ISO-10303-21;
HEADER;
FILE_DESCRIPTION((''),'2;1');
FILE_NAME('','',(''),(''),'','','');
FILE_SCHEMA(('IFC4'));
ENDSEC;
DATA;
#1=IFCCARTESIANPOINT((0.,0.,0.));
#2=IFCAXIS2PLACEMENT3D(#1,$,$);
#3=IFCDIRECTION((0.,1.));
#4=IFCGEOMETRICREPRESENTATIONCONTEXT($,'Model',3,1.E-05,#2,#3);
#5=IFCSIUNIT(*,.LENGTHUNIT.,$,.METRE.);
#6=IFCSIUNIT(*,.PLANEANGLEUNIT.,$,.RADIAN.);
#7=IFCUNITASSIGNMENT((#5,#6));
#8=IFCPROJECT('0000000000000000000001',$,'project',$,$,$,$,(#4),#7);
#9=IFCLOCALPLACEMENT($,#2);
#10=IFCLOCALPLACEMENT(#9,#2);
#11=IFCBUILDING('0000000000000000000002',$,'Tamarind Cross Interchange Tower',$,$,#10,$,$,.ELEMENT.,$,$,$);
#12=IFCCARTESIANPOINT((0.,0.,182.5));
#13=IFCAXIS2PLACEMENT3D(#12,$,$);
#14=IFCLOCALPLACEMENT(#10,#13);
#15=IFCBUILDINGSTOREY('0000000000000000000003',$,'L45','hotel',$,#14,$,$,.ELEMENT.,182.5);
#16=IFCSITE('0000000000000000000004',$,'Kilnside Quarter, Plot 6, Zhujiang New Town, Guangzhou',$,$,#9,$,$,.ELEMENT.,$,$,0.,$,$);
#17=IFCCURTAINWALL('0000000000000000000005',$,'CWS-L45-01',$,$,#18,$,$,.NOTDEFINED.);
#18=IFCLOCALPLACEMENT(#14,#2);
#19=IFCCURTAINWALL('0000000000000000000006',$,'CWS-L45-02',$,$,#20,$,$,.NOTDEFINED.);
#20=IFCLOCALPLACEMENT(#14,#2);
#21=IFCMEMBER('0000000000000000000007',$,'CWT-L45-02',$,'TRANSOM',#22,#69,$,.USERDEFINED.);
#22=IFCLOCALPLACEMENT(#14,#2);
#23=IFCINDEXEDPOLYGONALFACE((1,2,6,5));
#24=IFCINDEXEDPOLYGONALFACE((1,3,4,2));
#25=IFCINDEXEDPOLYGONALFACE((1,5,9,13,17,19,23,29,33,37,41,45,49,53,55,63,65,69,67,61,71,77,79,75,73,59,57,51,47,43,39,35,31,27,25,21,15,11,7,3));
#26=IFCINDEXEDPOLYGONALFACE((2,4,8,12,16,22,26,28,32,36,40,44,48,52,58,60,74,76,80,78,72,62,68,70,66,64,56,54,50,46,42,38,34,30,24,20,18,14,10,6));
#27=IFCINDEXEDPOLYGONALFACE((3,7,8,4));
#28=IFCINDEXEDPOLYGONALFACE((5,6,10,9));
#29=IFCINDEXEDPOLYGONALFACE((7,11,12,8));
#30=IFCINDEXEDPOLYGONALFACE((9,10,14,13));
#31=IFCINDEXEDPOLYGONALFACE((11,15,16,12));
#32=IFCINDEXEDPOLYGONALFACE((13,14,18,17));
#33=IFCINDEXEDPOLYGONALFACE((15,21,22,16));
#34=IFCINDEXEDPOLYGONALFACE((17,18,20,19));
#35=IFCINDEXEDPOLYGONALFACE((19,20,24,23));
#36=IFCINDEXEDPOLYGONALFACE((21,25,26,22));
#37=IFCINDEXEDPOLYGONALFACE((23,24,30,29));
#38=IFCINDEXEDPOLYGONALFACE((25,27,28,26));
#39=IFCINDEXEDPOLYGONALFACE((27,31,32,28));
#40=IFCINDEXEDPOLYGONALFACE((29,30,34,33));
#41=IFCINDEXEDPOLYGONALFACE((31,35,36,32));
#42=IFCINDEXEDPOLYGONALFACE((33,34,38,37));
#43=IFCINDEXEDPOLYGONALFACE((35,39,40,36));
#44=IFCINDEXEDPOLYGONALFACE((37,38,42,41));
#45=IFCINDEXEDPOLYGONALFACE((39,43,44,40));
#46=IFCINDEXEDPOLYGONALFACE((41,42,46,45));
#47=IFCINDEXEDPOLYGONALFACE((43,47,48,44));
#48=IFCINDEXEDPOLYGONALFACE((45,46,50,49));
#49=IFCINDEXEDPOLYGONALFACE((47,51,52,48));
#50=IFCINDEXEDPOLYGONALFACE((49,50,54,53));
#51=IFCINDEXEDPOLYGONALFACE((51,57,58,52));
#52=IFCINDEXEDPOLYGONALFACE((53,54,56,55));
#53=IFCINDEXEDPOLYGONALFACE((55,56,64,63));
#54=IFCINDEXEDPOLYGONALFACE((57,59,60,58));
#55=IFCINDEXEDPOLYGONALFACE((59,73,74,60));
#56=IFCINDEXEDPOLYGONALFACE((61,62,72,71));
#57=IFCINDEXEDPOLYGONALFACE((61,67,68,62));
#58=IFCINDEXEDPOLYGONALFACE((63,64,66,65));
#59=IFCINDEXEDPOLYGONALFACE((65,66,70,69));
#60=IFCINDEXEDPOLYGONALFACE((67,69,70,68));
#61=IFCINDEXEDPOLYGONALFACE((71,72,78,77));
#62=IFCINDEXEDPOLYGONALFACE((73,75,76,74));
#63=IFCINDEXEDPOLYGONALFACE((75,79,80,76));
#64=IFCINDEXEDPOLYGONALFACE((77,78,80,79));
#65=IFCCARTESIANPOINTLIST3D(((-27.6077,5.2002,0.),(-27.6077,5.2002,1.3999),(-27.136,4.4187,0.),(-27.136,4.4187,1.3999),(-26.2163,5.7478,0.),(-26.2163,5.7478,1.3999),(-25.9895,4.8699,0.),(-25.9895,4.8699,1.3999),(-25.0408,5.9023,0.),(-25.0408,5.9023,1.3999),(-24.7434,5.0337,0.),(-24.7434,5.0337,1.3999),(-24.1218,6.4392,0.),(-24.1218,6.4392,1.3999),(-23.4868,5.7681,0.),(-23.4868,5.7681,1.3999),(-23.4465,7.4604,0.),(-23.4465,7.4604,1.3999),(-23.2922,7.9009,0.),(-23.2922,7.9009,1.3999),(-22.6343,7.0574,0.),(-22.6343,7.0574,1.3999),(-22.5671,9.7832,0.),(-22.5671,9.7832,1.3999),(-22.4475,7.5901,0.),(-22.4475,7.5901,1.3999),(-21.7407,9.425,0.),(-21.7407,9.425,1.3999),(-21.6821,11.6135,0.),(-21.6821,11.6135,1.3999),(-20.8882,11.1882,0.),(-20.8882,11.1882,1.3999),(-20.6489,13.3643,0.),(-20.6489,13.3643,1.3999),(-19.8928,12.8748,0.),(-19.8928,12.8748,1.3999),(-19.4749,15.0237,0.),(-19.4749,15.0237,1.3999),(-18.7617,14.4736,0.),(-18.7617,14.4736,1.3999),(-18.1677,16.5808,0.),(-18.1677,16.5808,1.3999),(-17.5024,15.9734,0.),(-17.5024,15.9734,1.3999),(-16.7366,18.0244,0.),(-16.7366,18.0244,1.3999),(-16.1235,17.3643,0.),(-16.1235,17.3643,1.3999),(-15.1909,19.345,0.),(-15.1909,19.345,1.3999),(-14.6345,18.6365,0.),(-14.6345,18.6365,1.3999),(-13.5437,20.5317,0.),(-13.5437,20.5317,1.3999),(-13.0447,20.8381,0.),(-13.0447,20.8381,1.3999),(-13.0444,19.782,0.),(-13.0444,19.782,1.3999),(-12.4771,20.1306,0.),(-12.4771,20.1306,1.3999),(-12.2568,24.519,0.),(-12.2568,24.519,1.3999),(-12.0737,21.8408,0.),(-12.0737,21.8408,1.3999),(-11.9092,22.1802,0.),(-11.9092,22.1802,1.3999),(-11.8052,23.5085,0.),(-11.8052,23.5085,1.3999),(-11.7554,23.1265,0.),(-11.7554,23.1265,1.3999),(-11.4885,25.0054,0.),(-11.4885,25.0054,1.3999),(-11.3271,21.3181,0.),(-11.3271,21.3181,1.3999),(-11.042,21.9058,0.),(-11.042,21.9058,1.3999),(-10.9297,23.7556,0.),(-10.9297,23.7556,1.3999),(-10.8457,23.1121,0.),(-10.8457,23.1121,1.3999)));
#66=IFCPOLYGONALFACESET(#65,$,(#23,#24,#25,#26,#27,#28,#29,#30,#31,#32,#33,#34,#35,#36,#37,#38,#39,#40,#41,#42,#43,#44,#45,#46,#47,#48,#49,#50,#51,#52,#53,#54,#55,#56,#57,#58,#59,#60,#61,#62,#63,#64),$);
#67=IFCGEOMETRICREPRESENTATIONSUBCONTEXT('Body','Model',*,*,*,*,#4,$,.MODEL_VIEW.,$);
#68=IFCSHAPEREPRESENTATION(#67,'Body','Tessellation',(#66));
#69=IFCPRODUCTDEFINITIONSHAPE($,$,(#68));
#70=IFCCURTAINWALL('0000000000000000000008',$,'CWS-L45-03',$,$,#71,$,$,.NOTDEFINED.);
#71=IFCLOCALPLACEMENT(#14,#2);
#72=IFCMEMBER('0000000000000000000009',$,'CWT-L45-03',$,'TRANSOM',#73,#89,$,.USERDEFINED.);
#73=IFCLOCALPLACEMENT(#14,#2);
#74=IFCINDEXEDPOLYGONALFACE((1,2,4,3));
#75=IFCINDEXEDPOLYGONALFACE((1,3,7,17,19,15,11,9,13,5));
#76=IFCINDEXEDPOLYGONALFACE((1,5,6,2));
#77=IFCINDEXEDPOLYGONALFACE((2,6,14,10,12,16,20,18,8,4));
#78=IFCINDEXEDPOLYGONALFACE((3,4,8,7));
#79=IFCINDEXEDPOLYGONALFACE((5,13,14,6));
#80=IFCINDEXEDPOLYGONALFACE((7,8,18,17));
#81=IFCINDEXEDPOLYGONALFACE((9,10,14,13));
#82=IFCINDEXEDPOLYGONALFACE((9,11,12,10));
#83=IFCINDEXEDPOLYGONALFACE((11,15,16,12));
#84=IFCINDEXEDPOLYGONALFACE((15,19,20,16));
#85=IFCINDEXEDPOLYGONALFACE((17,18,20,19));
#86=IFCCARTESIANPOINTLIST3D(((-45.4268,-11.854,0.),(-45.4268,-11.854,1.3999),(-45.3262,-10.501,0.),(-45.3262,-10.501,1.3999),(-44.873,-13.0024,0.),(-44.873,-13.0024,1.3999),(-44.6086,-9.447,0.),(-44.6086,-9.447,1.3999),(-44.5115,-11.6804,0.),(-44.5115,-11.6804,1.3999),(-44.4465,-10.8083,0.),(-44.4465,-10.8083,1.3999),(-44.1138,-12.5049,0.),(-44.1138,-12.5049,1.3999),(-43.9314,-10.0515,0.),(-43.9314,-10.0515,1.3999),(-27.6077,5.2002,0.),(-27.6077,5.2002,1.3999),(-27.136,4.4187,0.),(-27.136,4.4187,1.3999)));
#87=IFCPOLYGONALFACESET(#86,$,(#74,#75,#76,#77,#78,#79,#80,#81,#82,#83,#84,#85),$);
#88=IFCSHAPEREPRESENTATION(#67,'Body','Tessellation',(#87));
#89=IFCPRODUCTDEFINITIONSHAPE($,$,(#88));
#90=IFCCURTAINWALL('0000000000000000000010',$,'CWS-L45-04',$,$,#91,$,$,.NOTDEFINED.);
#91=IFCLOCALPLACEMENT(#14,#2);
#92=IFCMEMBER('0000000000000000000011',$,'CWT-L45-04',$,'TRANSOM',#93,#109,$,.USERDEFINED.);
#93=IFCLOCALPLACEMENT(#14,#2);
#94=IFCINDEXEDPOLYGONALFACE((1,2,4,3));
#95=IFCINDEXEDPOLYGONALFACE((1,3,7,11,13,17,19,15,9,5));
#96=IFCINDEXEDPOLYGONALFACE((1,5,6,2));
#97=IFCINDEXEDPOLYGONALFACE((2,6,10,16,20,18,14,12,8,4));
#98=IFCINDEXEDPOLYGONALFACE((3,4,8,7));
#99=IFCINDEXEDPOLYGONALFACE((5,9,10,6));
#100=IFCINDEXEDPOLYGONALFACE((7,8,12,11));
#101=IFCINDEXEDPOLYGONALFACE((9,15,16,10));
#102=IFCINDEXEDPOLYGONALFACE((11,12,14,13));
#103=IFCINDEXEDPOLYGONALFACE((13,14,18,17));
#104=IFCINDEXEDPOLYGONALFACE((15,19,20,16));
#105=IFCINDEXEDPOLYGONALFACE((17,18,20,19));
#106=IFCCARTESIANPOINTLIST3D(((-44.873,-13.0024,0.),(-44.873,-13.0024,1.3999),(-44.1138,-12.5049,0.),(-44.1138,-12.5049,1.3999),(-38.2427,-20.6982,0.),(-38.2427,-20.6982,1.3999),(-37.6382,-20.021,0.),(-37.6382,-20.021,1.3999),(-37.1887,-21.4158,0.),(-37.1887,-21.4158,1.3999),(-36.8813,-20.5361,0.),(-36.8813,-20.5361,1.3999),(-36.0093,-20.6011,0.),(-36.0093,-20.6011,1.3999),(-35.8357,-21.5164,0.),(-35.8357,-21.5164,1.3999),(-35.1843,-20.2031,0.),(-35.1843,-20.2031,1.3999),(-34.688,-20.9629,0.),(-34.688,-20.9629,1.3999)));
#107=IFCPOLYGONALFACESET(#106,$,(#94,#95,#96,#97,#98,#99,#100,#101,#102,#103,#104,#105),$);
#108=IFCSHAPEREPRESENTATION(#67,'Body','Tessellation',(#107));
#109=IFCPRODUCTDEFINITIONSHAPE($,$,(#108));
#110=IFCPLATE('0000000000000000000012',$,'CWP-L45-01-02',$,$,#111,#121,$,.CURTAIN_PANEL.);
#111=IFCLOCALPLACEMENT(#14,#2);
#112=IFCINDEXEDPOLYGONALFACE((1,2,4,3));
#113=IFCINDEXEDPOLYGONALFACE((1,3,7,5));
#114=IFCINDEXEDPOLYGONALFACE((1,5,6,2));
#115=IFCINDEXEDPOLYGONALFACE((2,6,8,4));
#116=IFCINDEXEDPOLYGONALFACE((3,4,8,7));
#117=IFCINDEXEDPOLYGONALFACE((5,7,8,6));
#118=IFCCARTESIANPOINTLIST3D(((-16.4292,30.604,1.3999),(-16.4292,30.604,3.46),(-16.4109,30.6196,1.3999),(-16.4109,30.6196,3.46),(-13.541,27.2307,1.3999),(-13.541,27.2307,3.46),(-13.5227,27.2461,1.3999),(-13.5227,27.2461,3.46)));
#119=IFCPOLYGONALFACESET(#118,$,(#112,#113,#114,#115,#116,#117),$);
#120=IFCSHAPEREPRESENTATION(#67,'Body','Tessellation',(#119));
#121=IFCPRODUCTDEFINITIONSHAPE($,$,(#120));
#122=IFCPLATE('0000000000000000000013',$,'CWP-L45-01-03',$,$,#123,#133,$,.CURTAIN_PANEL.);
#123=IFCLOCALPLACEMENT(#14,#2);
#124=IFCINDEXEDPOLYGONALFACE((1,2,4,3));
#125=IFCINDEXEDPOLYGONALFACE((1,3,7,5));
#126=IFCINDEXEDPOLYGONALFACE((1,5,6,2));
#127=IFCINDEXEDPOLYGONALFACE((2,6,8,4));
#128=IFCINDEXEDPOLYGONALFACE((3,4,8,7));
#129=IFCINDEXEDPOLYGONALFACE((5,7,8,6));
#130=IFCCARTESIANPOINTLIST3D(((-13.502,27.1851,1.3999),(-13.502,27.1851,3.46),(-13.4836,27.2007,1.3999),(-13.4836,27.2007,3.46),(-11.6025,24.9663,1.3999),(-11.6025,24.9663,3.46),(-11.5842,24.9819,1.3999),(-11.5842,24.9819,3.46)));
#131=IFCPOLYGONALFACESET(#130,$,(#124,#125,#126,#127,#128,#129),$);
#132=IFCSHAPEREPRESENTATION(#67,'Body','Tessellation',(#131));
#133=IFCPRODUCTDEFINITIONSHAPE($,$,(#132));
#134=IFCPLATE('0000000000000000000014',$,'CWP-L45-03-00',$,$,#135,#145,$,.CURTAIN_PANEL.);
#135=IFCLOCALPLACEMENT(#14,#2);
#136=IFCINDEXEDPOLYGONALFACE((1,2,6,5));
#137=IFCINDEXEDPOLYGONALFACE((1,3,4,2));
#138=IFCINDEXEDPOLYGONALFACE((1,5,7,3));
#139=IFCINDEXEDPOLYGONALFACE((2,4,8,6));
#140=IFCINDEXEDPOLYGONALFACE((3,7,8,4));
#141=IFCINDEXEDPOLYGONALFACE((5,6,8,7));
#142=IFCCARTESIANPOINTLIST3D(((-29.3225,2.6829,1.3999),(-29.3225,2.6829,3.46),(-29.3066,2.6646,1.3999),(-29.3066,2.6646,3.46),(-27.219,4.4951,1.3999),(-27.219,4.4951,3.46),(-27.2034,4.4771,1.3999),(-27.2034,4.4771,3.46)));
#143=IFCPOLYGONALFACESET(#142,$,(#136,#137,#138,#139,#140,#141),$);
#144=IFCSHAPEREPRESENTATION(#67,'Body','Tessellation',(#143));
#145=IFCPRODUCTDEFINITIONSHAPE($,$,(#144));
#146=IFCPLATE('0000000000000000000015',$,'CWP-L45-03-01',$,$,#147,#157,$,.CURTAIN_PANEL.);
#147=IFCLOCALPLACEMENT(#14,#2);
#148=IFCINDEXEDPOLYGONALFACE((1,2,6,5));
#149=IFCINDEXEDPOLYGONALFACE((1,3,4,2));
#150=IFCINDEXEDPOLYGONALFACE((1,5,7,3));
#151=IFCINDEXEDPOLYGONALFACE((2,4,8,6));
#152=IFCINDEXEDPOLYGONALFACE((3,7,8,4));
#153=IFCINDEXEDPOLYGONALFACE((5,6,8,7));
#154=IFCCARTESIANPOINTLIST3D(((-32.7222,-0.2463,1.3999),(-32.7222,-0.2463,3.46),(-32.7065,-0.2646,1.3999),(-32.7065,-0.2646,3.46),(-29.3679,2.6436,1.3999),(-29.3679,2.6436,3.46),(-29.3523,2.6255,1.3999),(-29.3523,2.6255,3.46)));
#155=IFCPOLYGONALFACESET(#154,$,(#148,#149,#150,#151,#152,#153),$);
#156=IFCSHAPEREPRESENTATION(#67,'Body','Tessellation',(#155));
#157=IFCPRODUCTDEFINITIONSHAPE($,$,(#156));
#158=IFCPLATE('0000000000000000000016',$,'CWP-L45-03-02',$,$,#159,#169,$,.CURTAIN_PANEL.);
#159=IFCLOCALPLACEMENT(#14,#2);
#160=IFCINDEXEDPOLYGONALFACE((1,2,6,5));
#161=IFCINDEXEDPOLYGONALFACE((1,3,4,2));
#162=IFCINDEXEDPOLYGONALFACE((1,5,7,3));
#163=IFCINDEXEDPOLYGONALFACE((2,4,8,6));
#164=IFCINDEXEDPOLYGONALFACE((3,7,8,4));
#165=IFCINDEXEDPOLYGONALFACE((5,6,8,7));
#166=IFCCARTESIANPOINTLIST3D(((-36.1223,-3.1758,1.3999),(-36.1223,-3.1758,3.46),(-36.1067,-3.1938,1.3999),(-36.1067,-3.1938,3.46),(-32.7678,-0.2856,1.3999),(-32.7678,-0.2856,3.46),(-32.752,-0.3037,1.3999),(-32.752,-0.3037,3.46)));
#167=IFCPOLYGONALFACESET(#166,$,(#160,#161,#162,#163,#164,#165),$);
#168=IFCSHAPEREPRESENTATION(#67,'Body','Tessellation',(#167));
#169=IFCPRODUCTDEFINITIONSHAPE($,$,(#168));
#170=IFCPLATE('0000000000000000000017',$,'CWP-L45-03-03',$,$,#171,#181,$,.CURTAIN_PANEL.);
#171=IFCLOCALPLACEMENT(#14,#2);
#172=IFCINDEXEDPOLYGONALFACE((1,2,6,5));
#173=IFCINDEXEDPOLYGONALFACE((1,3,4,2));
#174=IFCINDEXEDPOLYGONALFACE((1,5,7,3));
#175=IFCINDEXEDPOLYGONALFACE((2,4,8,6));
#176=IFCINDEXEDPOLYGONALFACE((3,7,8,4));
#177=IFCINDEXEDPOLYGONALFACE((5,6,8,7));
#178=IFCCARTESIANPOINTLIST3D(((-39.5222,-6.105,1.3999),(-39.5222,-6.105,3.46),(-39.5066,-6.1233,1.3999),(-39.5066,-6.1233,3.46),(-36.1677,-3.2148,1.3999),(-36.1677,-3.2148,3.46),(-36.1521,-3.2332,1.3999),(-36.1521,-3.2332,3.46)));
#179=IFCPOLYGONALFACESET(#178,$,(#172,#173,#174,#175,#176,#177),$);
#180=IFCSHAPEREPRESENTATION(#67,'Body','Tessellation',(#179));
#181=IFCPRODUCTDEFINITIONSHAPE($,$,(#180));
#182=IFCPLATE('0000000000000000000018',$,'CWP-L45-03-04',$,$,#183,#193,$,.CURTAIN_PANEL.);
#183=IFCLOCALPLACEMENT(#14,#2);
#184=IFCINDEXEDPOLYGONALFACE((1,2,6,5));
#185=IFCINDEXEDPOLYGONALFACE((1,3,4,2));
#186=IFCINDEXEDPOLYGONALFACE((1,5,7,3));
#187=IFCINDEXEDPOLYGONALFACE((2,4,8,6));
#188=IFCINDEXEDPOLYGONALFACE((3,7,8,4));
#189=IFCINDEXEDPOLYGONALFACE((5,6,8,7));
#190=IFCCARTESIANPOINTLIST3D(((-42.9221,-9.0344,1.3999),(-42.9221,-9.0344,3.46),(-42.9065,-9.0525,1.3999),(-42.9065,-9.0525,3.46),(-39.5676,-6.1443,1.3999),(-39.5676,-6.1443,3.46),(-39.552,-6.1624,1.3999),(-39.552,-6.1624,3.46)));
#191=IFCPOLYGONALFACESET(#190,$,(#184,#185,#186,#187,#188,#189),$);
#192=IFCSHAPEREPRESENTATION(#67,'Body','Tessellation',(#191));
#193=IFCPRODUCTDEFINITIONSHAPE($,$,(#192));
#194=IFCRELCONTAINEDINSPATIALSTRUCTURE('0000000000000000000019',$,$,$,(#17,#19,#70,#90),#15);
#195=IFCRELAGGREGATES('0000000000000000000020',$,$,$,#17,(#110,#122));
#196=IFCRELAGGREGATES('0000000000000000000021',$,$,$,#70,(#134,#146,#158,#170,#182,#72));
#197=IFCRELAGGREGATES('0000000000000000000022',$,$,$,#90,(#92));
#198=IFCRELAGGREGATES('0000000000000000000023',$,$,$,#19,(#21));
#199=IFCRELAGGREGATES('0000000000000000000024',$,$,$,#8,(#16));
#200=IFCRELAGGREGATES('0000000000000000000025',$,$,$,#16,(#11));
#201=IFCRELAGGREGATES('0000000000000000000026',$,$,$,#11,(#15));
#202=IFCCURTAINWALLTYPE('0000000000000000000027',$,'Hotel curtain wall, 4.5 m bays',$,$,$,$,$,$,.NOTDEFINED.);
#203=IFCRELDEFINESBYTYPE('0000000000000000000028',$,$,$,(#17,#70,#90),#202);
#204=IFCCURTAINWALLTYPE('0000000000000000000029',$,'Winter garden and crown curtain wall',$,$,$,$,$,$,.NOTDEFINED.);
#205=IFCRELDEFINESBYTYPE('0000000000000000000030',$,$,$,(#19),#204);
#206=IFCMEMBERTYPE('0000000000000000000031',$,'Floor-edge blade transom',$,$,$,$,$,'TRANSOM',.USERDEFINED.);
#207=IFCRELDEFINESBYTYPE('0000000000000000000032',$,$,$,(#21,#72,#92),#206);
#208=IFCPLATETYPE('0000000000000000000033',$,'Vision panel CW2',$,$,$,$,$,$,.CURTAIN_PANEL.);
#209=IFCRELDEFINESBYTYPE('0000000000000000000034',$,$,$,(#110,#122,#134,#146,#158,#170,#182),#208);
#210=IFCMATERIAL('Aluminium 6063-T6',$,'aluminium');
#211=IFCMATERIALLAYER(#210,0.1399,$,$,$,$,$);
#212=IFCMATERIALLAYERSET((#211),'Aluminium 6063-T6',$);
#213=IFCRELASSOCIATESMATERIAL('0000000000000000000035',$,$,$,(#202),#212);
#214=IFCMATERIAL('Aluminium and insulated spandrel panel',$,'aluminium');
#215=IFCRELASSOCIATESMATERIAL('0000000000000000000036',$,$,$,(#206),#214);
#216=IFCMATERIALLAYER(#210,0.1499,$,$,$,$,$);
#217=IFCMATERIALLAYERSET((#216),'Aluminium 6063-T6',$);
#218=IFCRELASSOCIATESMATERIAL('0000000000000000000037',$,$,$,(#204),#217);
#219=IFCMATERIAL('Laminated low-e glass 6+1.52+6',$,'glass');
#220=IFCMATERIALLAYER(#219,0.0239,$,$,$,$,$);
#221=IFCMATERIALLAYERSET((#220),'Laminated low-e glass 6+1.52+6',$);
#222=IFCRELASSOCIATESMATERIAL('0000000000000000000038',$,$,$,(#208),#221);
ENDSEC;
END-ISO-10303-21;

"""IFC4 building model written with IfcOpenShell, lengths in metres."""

from ifc_helpers import new_model, si_unit, direction, frame, origin, place, context, subcontext, project, spatial, polyline, outline, extrude, material, layer, layer_set, type_object, element, aggregate, save


model = new_model("IFC4")

# Units and contexts
model_context = context("Model", 3, precision=1e-05, world=origin(), true_north=direction((0.0, 1.0)))
body_context = subcontext(model_context, "Body", "Model", "MODEL_VIEW")
ifc_project = project(units=[si_unit("LENGTHUNIT", "METRE"), si_unit("PLANEANGLEUNIT", "RADIAN")], contexts=[model_context])

# Site, building, storey
site_placement = place(None, origin())
site = spatial("IfcSite", under=ifc_project, at=site_placement, Name="Kilnside Quarter, Plot 6, Zhujiang New Town, Guangzhou", CompositionType="ELEMENT", RefElevation=0.0)
building_placement = place(site_placement, origin())
building = spatial("IfcBuilding", under=site, at=building_placement, Name="Tamarind Cross Interchange Tower", CompositionType="ELEMENT")
storey_placement = place(building_placement, frame((0.0, 0.0, 182.5)))
storey = spatial("IfcBuildingStorey", under=building, at=storey_placement, Name="L45", Description="hotel", CompositionType="ELEMENT", Elevation=182.5)

# Curtain walls, members
ifc_material_1 = material(Name="Aluminium 6063-T6", Category="aluminium")
ifc_layer_1 = layer(ifc_material_1, 0.1399)
ifc_layer_set_1 = layer_set([ifc_layer_1], Name="Aluminium 6063-T6")
curtain_wall_type_1 = type_object("IfcCurtainWallType", Name="Hotel curtain wall, 4.5 m bays", PredefinedType="NOTDEFINED", material=ifc_layer_set_1)
curtain_wall_1_placement = place(storey_placement, origin())
curtain_wall_1 = element("IfcCurtainWall", 1, at=curtain_wall_1_placement, inside=storey, type_object=curtain_wall_type_1, Name="CWS-L45-01", PredefinedType="NOTDEFINED")
ifc_material_2 = material(Name="Aluminium and insulated spandrel panel", Category="aluminium")
member_type = type_object("IfcMemberType", Name="Floor-edge blade transom", ElementType="TRANSOM", PredefinedType="USERDEFINED", material=ifc_material_2)
ifc_layer_2 = layer(ifc_material_1, 0.1499)
ifc_layer_set_2 = layer_set([ifc_layer_2], Name="Aluminium 6063-T6")
curtain_wall_type_2 = type_object("IfcCurtainWallType", Name="Winter garden and crown curtain wall", PredefinedType="NOTDEFINED", material=ifc_layer_set_2)
curtain_wall_2_placement = place(storey_placement, origin())
curtain_wall_2 = element("IfcCurtainWall", 2, at=curtain_wall_2_placement, inside=storey, type_object=curtain_wall_type_2, Name="CWS-L45-02", PredefinedType="NOTDEFINED")
member_1_placement = place(storey_placement, origin())
member_1 = element("IfcMember", 3, at=member_1_placement, type_object=member_type, Name="CWT-L45-02", ObjectType="TRANSOM", PredefinedType="USERDEFINED", context=body_context, shape_type="SweptSolid", body=[
    extrude(outline(polyline([(-11.4885, 25.0054), (-10.9297, 23.7556), (-10.8457, 23.1121), (-11.042, 21.9058), (-11.3271, 21.3181), (-12.4771, 20.1306), (-13.0444, 19.782), (-14.6345, 18.6365), (-16.1235, 17.3643), (-17.5024, 15.9734), (-18.7617, 14.4736), (-19.8928, 12.8748), (-20.8882, 11.1882), (-21.7407, 9.425), (-22.4475, 7.5901), (-22.6343, 7.0574), (-23.4868, 5.7681), (-24.7434, 5.0337), (-25.9895, 4.8699), (-27.136, 4.4187), (-27.6077, 5.2002), (-26.2163, 5.7478), (-25.0408, 5.9023), (-24.1218, 6.4392), (-23.4465, 7.4604), (-23.2922, 7.9009), (-22.5671, 9.7832), (-21.6821, 11.6135), (-20.6489, 13.3643), (-19.4749, 15.0237), (-18.1677, 16.5808), (-16.7366, 18.0244), (-15.1909, 19.345), (-13.5437, 20.5317), (-13.0447, 20.8381), (-12.0737, 21.8408), (-11.9092, 22.1802), (-11.7554, 23.1265), (-11.8052, 23.5085), (-12.2568, 24.519), (-11.4885, 25.0054)])), origin(), (0.0, 0.0, 1.0), 1.3999),
])
curtain_wall_3_placement = place(storey_placement, origin())
curtain_wall_3 = element("IfcCurtainWall", 4, at=curtain_wall_3_placement, inside=storey, type_object=curtain_wall_type_1, Name="CWS-L45-03", PredefinedType="NOTDEFINED")
member_2_placement = place(storey_placement, origin())
member_2 = element("IfcMember", 5, at=member_2_placement, type_object=member_type, Name="CWT-L45-03", ObjectType="TRANSOM", PredefinedType="USERDEFINED", context=body_context, shape_type="SweptSolid", body=[
    extrude(outline(polyline([(-27.136, 4.4187), (-43.9314, -10.0515), (-44.4465, -10.8083), (-44.5115, -11.6804), (-44.1138, -12.5049), (-44.873, -13.0024), (-45.4268, -11.854), (-45.3262, -10.501), (-44.6086, -9.447), (-27.6077, 5.2002), (-27.136, 4.4187)])), origin(), (0.0, 0.0, 1.0), 1.3999),
])
curtain_wall_4_placement = place(storey_placement, origin())
curtain_wall_4 = element("IfcCurtainWall", 6, at=curtain_wall_4_placement, inside=storey, type_object=curtain_wall_type_1, Name="CWS-L45-04", PredefinedType="NOTDEFINED")
member_3_placement = place(storey_placement, origin())
member_3 = element("IfcMember", 7, at=member_3_placement, type_object=member_type, Name="CWT-L45-04", ObjectType="TRANSOM", PredefinedType="USERDEFINED", context=body_context, shape_type="SweptSolid", body=[
    extrude(outline(polyline([(-44.1138, -12.5049), (-37.6382, -20.021), (-36.8813, -20.5361), (-36.0093, -20.6011), (-35.1843, -20.2031), (-34.688, -20.9629), (-35.8357, -21.5164), (-37.1887, -21.4158), (-38.2427, -20.6982), (-44.873, -13.0024), (-44.1138, -12.5049)])), origin(), (0.0, 0.0, 1.0), 1.3999),
])

# Plates
ifc_material_3 = material(Name="Laminated low-e glass 6+1.52+6", Category="glass")
ifc_layer_3 = layer(ifc_material_3, 0.0239)
ifc_layer_set_3 = layer_set([ifc_layer_3], Name="Laminated low-e glass 6+1.52+6")
plate_type_1 = type_object("IfcPlateType", Name="Vision panel CW2", PredefinedType="CURTAIN_PANEL", material=ifc_layer_set_3)
plate_1_placement = place(storey_placement, frame((0.0, 0.0, 1.3999)))
plate_1 = element("IfcPlate", 8, at=plate_1_placement, type_object=plate_type_1, Name="CWP-L45-01-02", PredefinedType="CURTAIN_PANEL", context=body_context, shape_type="SweptSolid", body=[
    extrude(outline(polyline([(-16.4109, 30.6196), (-13.5227, 27.2461), (-13.541, 27.2307), (-16.4292, 30.604), (-16.4109, 30.6196)])), origin(), (0.0, 0.0, 1.0), 2.0601),
])
plate_2_placement = place(storey_placement, frame((0.0, 0.0, 1.3999)))
plate_2 = element("IfcPlate", 9, at=plate_2_placement, type_object=plate_type_1, Name="CWP-L45-01-03", PredefinedType="CURTAIN_PANEL", context=body_context, shape_type="SweptSolid", body=[
    extrude(outline(polyline([(-13.4836, 27.2007), (-11.5842, 24.9819), (-11.6025, 24.9663), (-13.502, 27.1851), (-13.4836, 27.2007)])), origin(), (0.0, 0.0, 1.0), 2.0601),
])
aggregate(curtain_wall_1, [plate_1, plate_2])
plate_3_placement = place(storey_placement, frame((0.0, 0.0, 1.3999)))
plate_3 = element("IfcPlate", 10, at=plate_3_placement, type_object=plate_type_1, Name="CWP-L45-03-00", PredefinedType="CURTAIN_PANEL", context=body_context, shape_type="SweptSolid", body=[
    extrude(outline(polyline([(-27.2034, 4.4771), (-29.3066, 2.6646), (-29.3225, 2.6829), (-27.219, 4.4951), (-27.2034, 4.4771)])), origin(), (0.0, 0.0, 1.0), 2.0601),
])
plate_4_placement = place(storey_placement, frame((0.0, 0.0, 1.3999)))
plate_4 = element("IfcPlate", 11, at=plate_4_placement, type_object=plate_type_1, Name="CWP-L45-03-01", PredefinedType="CURTAIN_PANEL", context=body_context, shape_type="SweptSolid", body=[
    extrude(outline(polyline([(-29.3523, 2.6255), (-32.7065, -0.2646), (-32.7222, -0.2463), (-29.3679, 2.6436), (-29.3523, 2.6255)])), origin(), (0.0, 0.0, 1.0), 2.0601),
])
plate_5_placement = place(storey_placement, frame((0.0, 0.0, 1.3999)))
plate_5 = element("IfcPlate", 12, at=plate_5_placement, type_object=plate_type_1, Name="CWP-L45-03-02", PredefinedType="CURTAIN_PANEL", context=body_context, shape_type="SweptSolid", body=[
    extrude(outline(polyline([(-32.752, -0.3037), (-36.1067, -3.1938), (-36.1223, -3.1758), (-32.7678, -0.2856), (-32.752, -0.3037)])), origin(), (0.0, 0.0, 1.0), 2.0601),
])
plate_6_placement = place(storey_placement, frame((0.0, 0.0, 1.3999)))
plate_6 = element("IfcPlate", 13, at=plate_6_placement, type_object=plate_type_1, Name="CWP-L45-03-03", PredefinedType="CURTAIN_PANEL", context=body_context, shape_type="SweptSolid", body=[
    extrude(outline(polyline([(-36.1521, -3.2332), (-39.5066, -6.1233), (-39.5222, -6.105), (-36.1677, -3.2148), (-36.1521, -3.2332)])), origin(), (0.0, 0.0, 1.0), 2.0601),
])
plate_7_placement = place(storey_placement, frame((0.0, 0.0, 1.3999)))
plate_7 = element("IfcPlate", 14, at=plate_7_placement, type_object=plate_type_1, Name="CWP-L45-03-04", PredefinedType="CURTAIN_PANEL", context=body_context, shape_type="SweptSolid", body=[
    extrude(outline(polyline([(-39.552, -6.1624), (-42.9065, -9.0525), (-42.9221, -9.0344), (-39.5676, -6.1443), (-39.552, -6.1624)])), origin(), (0.0, 0.0, 1.0), 2.0601),
])
aggregate(curtain_wall_3, [plate_3, plate_4, plate_5, plate_6, plate_7, member_2])
aggregate(curtain_wall_4, [member_3])
aggregate(curtain_wall_2, [member_1])

save(model, "model.ifc")
